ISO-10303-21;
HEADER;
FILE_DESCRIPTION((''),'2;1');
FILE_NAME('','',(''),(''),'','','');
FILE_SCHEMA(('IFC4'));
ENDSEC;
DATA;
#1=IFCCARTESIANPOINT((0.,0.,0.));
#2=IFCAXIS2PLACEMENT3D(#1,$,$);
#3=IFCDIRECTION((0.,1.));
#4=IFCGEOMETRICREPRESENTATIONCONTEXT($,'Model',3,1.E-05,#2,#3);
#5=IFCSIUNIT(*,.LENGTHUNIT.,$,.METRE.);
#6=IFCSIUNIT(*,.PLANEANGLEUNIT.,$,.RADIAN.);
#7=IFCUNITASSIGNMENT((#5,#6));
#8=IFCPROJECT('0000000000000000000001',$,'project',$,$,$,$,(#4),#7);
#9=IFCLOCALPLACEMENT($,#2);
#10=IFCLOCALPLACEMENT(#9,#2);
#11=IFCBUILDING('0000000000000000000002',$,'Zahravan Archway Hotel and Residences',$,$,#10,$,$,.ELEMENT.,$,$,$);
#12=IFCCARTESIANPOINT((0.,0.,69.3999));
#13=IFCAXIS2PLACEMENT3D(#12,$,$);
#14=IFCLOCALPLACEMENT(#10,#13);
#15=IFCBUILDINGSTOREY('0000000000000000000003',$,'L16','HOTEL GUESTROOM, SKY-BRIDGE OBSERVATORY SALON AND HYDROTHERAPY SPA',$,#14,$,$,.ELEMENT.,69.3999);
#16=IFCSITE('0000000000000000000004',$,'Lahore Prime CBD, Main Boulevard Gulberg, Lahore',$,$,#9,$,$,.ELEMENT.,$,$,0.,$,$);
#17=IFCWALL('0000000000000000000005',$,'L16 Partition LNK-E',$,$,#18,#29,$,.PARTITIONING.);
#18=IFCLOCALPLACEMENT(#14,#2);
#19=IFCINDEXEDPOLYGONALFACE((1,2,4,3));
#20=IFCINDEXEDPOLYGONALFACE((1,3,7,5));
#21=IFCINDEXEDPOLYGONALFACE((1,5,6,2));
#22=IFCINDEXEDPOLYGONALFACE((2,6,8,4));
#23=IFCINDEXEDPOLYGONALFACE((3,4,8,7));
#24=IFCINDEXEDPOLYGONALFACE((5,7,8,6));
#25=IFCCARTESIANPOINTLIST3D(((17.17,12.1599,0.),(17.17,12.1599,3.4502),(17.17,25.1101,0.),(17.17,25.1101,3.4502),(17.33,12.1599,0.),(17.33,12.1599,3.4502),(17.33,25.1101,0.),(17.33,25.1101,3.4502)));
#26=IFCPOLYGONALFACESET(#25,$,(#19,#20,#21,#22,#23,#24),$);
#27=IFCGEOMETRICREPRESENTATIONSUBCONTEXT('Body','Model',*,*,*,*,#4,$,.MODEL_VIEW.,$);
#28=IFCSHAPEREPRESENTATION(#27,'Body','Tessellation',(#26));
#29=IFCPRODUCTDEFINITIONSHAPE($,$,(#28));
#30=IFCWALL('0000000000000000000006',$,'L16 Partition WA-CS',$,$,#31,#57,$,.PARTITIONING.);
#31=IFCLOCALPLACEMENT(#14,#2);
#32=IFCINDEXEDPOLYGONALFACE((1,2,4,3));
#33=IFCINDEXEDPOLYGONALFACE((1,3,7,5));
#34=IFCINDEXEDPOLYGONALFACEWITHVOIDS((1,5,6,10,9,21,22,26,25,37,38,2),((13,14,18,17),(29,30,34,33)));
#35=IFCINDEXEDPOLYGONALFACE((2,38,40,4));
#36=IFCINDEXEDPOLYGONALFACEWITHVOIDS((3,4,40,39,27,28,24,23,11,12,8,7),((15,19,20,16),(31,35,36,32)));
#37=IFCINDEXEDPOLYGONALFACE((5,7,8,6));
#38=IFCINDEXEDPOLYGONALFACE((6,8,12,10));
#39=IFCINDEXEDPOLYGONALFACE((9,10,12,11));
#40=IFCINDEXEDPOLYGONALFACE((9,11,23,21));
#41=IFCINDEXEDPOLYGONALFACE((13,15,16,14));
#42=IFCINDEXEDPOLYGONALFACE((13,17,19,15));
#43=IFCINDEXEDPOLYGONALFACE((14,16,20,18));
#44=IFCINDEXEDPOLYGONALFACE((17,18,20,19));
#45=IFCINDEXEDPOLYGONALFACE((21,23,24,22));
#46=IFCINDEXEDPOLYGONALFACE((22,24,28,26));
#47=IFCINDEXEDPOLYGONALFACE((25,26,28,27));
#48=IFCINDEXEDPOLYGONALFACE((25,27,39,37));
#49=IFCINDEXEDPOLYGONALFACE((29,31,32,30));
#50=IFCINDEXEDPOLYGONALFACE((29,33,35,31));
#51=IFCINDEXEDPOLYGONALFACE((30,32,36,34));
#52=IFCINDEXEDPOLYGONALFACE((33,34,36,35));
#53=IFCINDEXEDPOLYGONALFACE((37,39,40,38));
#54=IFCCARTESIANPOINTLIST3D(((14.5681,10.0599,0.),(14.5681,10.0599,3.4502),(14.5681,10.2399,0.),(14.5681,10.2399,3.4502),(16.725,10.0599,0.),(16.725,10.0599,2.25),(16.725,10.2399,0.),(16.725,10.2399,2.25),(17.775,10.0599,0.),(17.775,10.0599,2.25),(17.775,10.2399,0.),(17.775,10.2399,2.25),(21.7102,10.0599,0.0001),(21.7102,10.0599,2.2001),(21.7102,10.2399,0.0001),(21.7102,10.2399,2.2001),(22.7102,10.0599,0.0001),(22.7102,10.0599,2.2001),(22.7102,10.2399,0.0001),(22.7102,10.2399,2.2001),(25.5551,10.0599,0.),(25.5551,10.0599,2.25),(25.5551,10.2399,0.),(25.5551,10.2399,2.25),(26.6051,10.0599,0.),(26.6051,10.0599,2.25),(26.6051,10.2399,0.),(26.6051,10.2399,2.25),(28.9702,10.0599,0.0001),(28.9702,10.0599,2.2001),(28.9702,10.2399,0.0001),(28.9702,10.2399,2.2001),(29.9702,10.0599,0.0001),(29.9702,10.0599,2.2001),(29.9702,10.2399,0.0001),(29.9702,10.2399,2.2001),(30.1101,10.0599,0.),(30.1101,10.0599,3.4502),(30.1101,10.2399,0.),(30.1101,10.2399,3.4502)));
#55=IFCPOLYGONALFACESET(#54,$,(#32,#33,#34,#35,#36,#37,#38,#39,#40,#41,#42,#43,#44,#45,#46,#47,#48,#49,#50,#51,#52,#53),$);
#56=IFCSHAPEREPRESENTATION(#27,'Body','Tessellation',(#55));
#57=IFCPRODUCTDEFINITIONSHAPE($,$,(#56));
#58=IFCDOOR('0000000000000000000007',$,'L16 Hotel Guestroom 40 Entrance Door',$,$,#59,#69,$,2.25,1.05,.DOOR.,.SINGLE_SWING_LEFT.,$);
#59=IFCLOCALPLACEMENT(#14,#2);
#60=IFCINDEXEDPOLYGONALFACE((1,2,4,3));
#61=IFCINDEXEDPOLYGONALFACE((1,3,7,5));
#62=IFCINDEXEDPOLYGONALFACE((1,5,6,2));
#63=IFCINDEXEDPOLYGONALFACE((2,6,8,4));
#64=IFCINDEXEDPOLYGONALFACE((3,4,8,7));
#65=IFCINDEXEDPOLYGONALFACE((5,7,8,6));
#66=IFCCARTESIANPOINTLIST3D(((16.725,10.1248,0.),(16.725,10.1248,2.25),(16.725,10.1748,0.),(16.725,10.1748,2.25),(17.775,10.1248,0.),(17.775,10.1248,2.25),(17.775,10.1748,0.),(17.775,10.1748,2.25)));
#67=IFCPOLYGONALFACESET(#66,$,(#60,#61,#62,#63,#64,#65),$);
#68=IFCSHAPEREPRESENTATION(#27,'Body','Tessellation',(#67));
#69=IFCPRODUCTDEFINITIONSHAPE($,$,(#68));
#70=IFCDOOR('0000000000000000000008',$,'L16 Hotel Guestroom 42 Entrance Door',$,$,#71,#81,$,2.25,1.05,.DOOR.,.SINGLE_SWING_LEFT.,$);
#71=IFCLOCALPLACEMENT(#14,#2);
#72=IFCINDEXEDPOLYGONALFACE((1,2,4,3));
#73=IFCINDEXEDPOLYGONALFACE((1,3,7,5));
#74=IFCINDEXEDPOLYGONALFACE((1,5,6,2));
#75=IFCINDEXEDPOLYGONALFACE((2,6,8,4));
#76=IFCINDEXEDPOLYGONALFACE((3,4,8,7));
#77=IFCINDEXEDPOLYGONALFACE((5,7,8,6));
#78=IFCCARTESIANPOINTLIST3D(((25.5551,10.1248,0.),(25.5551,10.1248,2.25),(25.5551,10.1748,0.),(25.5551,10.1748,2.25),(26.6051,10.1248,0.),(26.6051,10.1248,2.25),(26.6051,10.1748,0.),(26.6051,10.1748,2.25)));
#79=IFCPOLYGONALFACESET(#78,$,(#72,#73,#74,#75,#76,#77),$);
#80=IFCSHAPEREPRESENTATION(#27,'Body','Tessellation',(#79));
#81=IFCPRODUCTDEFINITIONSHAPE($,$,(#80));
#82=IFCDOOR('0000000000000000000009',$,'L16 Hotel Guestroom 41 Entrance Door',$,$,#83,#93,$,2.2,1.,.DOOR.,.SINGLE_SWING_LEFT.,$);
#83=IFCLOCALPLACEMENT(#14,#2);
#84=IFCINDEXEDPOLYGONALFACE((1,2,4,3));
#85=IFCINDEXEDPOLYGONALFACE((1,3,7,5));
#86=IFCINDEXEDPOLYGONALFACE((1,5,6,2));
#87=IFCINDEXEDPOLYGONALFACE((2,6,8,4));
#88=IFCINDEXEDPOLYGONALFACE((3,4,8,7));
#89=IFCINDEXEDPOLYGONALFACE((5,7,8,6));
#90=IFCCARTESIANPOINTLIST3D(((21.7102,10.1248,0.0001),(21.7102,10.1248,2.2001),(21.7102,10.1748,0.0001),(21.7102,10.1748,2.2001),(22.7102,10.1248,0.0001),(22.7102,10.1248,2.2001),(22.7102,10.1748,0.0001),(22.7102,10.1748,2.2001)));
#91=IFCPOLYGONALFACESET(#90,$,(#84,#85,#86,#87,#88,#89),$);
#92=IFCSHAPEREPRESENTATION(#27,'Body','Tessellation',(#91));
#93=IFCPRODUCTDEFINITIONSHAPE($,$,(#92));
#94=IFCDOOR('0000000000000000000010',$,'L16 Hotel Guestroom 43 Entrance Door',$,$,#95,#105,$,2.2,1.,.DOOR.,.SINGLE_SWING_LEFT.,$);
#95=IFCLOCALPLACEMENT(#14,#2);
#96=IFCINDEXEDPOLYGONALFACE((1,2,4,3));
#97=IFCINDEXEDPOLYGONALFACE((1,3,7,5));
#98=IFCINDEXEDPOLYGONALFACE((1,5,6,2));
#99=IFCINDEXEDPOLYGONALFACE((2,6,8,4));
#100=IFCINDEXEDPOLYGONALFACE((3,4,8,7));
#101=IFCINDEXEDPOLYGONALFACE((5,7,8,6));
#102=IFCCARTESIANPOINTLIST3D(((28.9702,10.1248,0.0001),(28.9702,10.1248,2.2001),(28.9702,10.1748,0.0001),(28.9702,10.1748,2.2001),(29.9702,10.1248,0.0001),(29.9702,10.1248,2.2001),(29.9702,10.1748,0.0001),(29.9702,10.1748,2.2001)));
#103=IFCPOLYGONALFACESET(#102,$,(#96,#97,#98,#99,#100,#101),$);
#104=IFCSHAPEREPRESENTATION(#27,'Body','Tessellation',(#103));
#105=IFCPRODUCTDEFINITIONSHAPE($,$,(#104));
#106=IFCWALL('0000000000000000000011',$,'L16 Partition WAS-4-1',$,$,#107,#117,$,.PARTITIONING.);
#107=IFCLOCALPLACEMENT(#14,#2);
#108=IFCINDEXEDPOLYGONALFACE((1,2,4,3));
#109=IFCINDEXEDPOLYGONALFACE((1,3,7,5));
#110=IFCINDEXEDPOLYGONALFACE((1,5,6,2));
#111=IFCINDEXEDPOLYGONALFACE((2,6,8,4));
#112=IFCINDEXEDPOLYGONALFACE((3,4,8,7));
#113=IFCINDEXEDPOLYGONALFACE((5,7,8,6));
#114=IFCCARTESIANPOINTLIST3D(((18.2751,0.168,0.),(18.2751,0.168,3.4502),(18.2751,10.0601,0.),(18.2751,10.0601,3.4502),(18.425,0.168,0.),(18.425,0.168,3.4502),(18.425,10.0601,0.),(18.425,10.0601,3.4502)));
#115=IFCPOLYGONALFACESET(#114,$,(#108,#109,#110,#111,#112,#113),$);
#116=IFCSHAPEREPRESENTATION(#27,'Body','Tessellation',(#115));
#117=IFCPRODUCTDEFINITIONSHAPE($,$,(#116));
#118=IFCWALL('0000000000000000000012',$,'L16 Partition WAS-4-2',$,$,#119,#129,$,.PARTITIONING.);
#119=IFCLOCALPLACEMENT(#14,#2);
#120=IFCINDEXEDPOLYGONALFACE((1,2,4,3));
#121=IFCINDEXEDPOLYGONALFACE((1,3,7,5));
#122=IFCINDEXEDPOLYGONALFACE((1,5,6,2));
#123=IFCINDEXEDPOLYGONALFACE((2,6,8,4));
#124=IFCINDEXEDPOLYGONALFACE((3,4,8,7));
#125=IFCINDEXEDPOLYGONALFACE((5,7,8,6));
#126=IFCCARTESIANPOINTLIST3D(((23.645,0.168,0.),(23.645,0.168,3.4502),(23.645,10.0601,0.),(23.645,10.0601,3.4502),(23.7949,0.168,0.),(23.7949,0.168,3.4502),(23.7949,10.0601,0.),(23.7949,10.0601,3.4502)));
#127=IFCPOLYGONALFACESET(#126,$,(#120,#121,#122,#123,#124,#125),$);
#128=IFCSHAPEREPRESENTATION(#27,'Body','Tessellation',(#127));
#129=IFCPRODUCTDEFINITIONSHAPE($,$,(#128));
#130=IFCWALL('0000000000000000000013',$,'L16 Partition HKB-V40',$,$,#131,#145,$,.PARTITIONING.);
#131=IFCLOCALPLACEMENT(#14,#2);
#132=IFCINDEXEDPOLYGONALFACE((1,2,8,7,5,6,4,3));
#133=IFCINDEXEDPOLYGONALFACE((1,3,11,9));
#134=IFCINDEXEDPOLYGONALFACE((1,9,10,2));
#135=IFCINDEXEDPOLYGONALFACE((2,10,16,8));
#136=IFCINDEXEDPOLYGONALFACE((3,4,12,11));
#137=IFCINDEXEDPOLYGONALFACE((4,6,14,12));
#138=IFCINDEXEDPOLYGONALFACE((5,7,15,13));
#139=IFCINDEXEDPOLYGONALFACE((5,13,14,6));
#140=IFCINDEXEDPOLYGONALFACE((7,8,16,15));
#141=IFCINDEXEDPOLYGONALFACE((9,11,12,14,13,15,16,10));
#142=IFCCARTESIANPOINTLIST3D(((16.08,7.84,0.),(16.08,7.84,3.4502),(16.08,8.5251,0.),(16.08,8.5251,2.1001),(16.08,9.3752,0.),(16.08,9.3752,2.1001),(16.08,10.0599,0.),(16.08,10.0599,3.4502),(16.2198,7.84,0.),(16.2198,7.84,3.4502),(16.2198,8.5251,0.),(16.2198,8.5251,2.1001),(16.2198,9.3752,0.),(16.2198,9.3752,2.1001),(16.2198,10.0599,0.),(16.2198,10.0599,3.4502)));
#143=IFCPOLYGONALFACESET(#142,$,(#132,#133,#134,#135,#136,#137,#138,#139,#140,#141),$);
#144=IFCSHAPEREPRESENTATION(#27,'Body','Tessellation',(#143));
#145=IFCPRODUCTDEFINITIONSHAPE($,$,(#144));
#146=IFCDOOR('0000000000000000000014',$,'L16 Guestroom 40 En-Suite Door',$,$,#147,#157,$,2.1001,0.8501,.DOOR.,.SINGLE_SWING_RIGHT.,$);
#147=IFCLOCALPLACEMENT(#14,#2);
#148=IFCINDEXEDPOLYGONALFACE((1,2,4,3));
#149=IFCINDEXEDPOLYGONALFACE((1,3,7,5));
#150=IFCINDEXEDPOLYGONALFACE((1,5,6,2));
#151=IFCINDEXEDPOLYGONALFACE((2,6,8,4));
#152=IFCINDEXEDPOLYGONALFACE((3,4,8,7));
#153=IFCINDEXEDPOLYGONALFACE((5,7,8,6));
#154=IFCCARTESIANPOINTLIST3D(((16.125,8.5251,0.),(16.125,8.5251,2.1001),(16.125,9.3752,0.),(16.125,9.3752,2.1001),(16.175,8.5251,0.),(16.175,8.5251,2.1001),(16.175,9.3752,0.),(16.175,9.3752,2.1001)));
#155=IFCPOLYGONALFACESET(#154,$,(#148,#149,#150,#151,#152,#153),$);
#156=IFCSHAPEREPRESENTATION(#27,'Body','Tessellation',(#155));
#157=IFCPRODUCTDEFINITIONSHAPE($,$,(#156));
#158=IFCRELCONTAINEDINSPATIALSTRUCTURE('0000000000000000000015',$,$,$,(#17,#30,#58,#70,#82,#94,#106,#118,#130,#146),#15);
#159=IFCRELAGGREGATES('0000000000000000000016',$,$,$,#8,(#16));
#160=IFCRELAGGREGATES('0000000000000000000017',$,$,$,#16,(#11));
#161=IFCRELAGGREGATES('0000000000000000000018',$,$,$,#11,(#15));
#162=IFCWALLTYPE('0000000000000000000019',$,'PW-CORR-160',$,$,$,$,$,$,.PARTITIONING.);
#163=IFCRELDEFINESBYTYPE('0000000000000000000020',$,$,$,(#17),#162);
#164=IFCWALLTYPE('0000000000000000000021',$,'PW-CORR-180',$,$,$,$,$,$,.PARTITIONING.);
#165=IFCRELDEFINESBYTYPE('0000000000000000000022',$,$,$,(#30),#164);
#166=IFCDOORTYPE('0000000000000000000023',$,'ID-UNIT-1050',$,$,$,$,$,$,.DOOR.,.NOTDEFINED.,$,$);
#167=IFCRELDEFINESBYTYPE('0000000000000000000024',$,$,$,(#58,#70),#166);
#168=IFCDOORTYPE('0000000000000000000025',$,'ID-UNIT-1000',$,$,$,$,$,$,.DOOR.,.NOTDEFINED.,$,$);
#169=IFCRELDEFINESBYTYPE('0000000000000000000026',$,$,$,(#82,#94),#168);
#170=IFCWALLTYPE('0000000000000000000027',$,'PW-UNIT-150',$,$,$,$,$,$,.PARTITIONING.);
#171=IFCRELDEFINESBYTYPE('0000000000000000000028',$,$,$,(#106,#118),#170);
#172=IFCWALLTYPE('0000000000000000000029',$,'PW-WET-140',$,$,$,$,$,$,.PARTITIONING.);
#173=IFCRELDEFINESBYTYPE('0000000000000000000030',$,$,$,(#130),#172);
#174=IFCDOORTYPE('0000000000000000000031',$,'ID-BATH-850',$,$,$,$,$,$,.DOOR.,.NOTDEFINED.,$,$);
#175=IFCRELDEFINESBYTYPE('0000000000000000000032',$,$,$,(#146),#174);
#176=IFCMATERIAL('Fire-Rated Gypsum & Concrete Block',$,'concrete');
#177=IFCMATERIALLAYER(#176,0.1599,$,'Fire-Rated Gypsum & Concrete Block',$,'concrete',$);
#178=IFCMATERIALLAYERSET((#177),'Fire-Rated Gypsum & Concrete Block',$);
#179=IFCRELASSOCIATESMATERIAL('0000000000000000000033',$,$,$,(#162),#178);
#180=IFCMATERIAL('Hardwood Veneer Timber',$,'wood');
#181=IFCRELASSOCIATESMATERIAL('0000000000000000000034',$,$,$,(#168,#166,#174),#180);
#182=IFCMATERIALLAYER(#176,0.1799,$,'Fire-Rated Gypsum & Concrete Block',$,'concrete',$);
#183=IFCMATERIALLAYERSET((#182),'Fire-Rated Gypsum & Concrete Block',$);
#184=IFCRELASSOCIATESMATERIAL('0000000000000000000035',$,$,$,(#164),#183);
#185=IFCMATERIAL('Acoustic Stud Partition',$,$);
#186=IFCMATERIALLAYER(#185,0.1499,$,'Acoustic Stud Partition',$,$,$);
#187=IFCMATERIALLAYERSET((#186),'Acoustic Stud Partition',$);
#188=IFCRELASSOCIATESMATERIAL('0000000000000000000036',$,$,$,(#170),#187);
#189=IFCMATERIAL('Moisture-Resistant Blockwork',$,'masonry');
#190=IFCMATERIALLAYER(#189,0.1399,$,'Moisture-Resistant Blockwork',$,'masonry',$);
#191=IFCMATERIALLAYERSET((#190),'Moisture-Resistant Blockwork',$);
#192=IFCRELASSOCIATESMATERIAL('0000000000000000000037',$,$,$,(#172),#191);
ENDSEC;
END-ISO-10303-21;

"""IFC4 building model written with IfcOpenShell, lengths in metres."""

from ifc_helpers import new_model, si_unit, direction, frame, frame_2d, origin, place, context, subcontext, project, spatial, rectangle, extrude, source, transform, mapped, material, layer, layer_set, type_object, type_shapes, element, fill, save


model = new_model("IFC4")

# Units and contexts
model_context = context("Model", 3, precision=1e-05, world=origin(), true_north=direction((0.0, 1.0)))
body_context = subcontext(model_context, "Body", "Model", "MODEL_VIEW")
ifc_project = project(units=[si_unit("LENGTHUNIT", "METRE"), si_unit("PLANEANGLEUNIT", "RADIAN")], contexts=[model_context])

# Site, building, storey
site_placement = place(None, origin())
site = spatial("IfcSite", under=ifc_project, at=site_placement, Name="Lahore Prime CBD, Main Boulevard Gulberg, Lahore", CompositionType="ELEMENT", RefElevation=0.0)
building_placement = place(site_placement, origin())
building = spatial("IfcBuilding", under=site, at=building_placement, Name="Zahravan Archway Hotel and Residences", CompositionType="ELEMENT")
storey_placement = place(building_placement, frame((0.0, 0.0, 69.3999)))
storey = spatial("IfcBuildingStorey", under=building, at=storey_placement, Name="L16", Description="HOTEL GUESTROOM, SKY-BRIDGE OBSERVATORY SALON AND HYDROTHERAPY SPA", CompositionType="ELEMENT", Elevation=69.3999)

# Shared definitions
ifc_material_1 = material(Name="Fire-Rated Gypsum & Concrete Block", Category="concrete")
ifc_layer_1 = layer(ifc_material_1, 0.1599, Name="Fire-Rated Gypsum & Concrete Block", Category="concrete")
ifc_layer_set_1 = layer_set([ifc_layer_1], Name="Fire-Rated Gypsum & Concrete Block")
wall_type_1 = type_object("IfcWallType", Name="PW-CORR-160", PredefinedType="PARTITIONING", material=ifc_layer_set_1)
ifc_material_2 = material(Name="Hardwood Veneer Timber", Category="wood")
door_type_1 = type_object("IfcDoorType", Name="ID-UNIT-1000", OperationType="NOTDEFINED", PredefinedType="DOOR", material=ifc_material_2)
shared_shape_1 = source(origin(), body_context, "Body", "SweptSolid", [
    extrude(rectangle(XDim=1.0, YDim=2.2, at=frame_2d((0.5, 1.1001))), frame((0.0, 0.0249, 0.0), z_axis=(0.0, -1.0, 0.0), x_axis=(1.0, 0.0, 0.0)), (0.0, 0.0, 1.0), 0.05),
])
type_shapes(door_type_1, [shared_shape_1])

# Wall
for number, where, z_axis, x_axis, name in (
    (1, (17.25, 12.1599, 0.0), (0.0, 0.0, 1.0), (0.0, 1.0, 0.0), "L16 Partition LNK-E"),
):
    element("IfcWall", number, at=place(storey_placement, frame(where, z_axis=z_axis, x_axis=x_axis)), inside=storey, type_object=wall_type_1, Name=name, PredefinedType="PARTITIONING", context=body_context, shape_type="SweptSolid", body=[
        extrude(rectangle(XDim=12.9502, YDim=0.1599, at=frame_2d((6.4751, 0.0))), origin(), (0.0, 0.0, 1.0), 3.4502),
    ])

# Wall, openings, doors
ifc_layer_2 = layer(ifc_material_1, 0.1799, Name="Fire-Rated Gypsum & Concrete Block", Category="concrete")
ifc_layer_set_2 = layer_set([ifc_layer_2], Name="Fire-Rated Gypsum & Concrete Block")
wall_type_2 = type_object("IfcWallType", Name="PW-CORR-180", PredefinedType="PARTITIONING", material=ifc_layer_set_2)
wall_1_placement = place(storey_placement, frame((14.5681, 10.1499, 0.0), z_axis=(0.0, 0.0, 1.0), x_axis=(1.0, 0.0, 0.0)))
wall_1 = element("IfcWall", 2, at=wall_1_placement, inside=storey, type_object=wall_type_2, Name="L16 Partition WA-CS", PredefinedType="PARTITIONING", context=body_context, shape_type="SweptSolid", body=[
    extrude(rectangle(XDim=15.542, YDim=0.1799, at=frame_2d((7.771, 0.0))), origin(), (0.0, 0.0, 1.0), 3.4502),
])
opening_1_placement = place(wall_1_placement, frame((2.157, 0.0, 0.0)))
opening_1 = element("IfcOpeningElement", 3, at=opening_1_placement, cuts=wall_1, PredefinedType="OPENING", context=body_context, shape_type="SweptSolid", body=[
    extrude(rectangle(XDim=1.05, YDim=2.25, at=frame_2d((0.5249, 1.125))), frame((0.0, 0.1001, 0.0), z_axis=(0.0, -1.0, 0.0), x_axis=(1.0, 0.0, 0.0)), (0.0, 0.0, 1.0), 0.2),
])
opening_2_placement = place(wall_1_placement, frame((7.1421, 0.0, 0.0)))
opening_2 = element("IfcOpeningElement", 4, at=opening_2_placement, cuts=wall_1, PredefinedType="OPENING", context=body_context, shape_type="SweptSolid", body=[
    extrude(rectangle(XDim=1.0, YDim=2.2, at=frame_2d((0.5, 1.1001))), frame((0.0, 0.1001, 0.0), z_axis=(0.0, -1.0, 0.0), x_axis=(1.0, 0.0, 0.0)), (0.0, 0.0, 1.0), 0.2),
])
opening_3_placement = place(wall_1_placement, frame((10.9871, 0.0, 0.0)))
opening_3 = element("IfcOpeningElement", 5, at=opening_3_placement, cuts=wall_1, PredefinedType="OPENING", context=body_context, shape_type="SweptSolid", body=[
    extrude(rectangle(XDim=1.05, YDim=2.25, at=frame_2d((0.5249, 1.125))), frame((0.0, 0.1001, 0.0), z_axis=(0.0, -1.0, 0.0), x_axis=(1.0, 0.0, 0.0)), (0.0, 0.0, 1.0), 0.2),
])
opening_4_placement = place(wall_1_placement, frame((14.4021, 0.0, 0.0)))
opening_4 = element("IfcOpeningElement", 6, at=opening_4_placement, cuts=wall_1, PredefinedType="OPENING", context=body_context, shape_type="SweptSolid", body=[
    extrude(rectangle(XDim=1.0, YDim=2.2, at=frame_2d((0.5, 1.1001))), frame((0.0, 0.1001, 0.0), z_axis=(0.0, -1.0, 0.0), x_axis=(1.0, 0.0, 0.0)), (0.0, 0.0, 1.0), 0.2),
])
door_type_2 = type_object("IfcDoorType", Name="ID-UNIT-1050", OperationType="NOTDEFINED", PredefinedType="DOOR", material=ifc_material_2)
shared_shape_2 = source(origin(), body_context, "Body", "SweptSolid", [
    extrude(rectangle(XDim=1.05, YDim=2.25, at=frame_2d((0.5249, 1.125))), frame((0.0, 0.0249, 0.0), z_axis=(0.0, -1.0, 0.0), x_axis=(1.0, 0.0, 0.0)), (0.0, 0.0, 1.0), 0.05),
])
type_shapes(door_type_2, [shared_shape_2])
door_1_placement = place(opening_1_placement, origin())
door_1 = element("IfcDoor", 7, at=door_1_placement, inside=storey, type_object=door_type_2, Name="L16 Hotel Guestroom 40 Entrance Door", OperationType="SINGLE_SWING_LEFT", OverallHeight=2.25, OverallWidth=1.05, PredefinedType="DOOR", context=body_context, shape_type="MappedRepresentation", body=[
    mapped(shared_shape_2, transform((0.0, 0.0, 0.0), scale=1.0)),
])
fill(opening_1, door_1)
door_2_placement = place(opening_3_placement, origin())
door_2 = element("IfcDoor", 8, at=door_2_placement, inside=storey, type_object=door_type_2, Name="L16 Hotel Guestroom 42 Entrance Door", OperationType="SINGLE_SWING_LEFT", OverallHeight=2.25, OverallWidth=1.05, PredefinedType="DOOR", context=body_context, shape_type="MappedRepresentation", body=[
    mapped(shared_shape_2, transform((0.0, 0.0, 0.0), scale=1.0)),
])
fill(opening_3, door_2)
door_3_placement = place(opening_2_placement, origin())
door_3 = element("IfcDoor", 9, at=door_3_placement, inside=storey, type_object=door_type_1, Name="L16 Hotel Guestroom 41 Entrance Door", OperationType="SINGLE_SWING_LEFT", OverallHeight=2.2, OverallWidth=1.0, PredefinedType="DOOR", context=body_context, shape_type="MappedRepresentation", body=[
    mapped(shared_shape_1, transform((0.0, 0.0, 0.0), scale=1.0)),
])
fill(opening_2, door_3)
door_4_placement = place(opening_4_placement, origin())
door_4 = element("IfcDoor", 10, at=door_4_placement, inside=storey, type_object=door_type_1, Name="L16 Hotel Guestroom 43 Entrance Door", OperationType="SINGLE_SWING_LEFT", OverallHeight=2.2, OverallWidth=1.0, PredefinedType="DOOR", context=body_context, shape_type="MappedRepresentation", body=[
    mapped(shared_shape_1, transform((0.0, 0.0, 0.0), scale=1.0)),
])
fill(opening_4, door_4)

# Walls
ifc_material_3 = material(Name="Acoustic Stud Partition")
ifc_layer_3 = layer(ifc_material_3, 0.1499, Name="Acoustic Stud Partition")
ifc_layer_set_3 = layer_set([ifc_layer_3], Name="Acoustic Stud Partition")
wall_type_3 = type_object("IfcWallType", Name="PW-UNIT-150", PredefinedType="PARTITIONING", material=ifc_layer_set_3)
for number, where, z_axis, x_axis, name in (
    (11, (18.3501, 0.168, 0.0), (0.0, 0.0, 1.0), (0.0, 1.0, 0.0), "L16 Partition WAS-4-1"),
    (12, (23.72, 0.168, 0.0), (0.0, 0.0, 1.0), (0.0, 1.0, 0.0), "L16 Partition WAS-4-2"),
):
    element("IfcWall", number, at=place(storey_placement, frame(where, z_axis=z_axis, x_axis=x_axis)), inside=storey, type_object=wall_type_3, Name=name, PredefinedType="PARTITIONING", context=body_context, shape_type="SweptSolid", body=[
        extrude(rectangle(XDim=9.8921, YDim=0.1499, at=frame_2d((4.946, 0.0))), origin(), (0.0, 0.0, 1.0), 3.4502),
    ])

# Wall, opening, door
ifc_material_4 = material(Name="Moisture-Resistant Blockwork", Category="masonry")
ifc_layer_4 = layer(ifc_material_4, 0.1399, Name="Moisture-Resistant Blockwork", Category="masonry")
ifc_layer_set_4 = layer_set([ifc_layer_4], Name="Moisture-Resistant Blockwork")
wall_type_4 = type_object("IfcWallType", Name="PW-WET-140", PredefinedType="PARTITIONING", material=ifc_layer_set_4)
wall_2_placement = place(storey_placement, frame((16.1499, 7.8401, 0.0), z_axis=(0.0, 0.0, 1.0), x_axis=(0.0, 1.0, 0.0)))
wall_2 = element("IfcWall", 13, at=wall_2_placement, inside=storey, type_object=wall_type_4, Name="L16 Partition HKB-V40", PredefinedType="PARTITIONING", context=body_context, shape_type="SweptSolid", body=[
    extrude(rectangle(XDim=2.22, YDim=0.1399, at=frame_2d((1.1099, 0.0))), origin(), (0.0, 0.0, 1.0), 3.4502),
])
opening_5_placement = place(wall_2_placement, frame((0.6851, 0.0, 0.0)))
opening_5 = element("IfcOpeningElement", 14, at=opening_5_placement, cuts=wall_2, PredefinedType="OPENING", context=body_context, shape_type="SweptSolid", body=[
    extrude(rectangle(XDim=0.8501, YDim=2.1001, at=frame_2d((0.425, 1.05))), frame((0.0, 0.0801, 0.0), z_axis=(0.0, -1.0, 0.0), x_axis=(1.0, 0.0, 0.0)), (0.0, 0.0, 1.0), 0.1599),
])
door_type_3 = type_object("IfcDoorType", Name="ID-BATH-850", OperationType="NOTDEFINED", PredefinedType="DOOR", material=ifc_material_2)
shared_shape_3 = source(origin(), body_context, "Body", "SweptSolid", [
    extrude(rectangle(XDim=0.8501, YDim=2.1001, at=frame_2d((0.425, 1.05))), frame((0.0, 0.0249, 0.0), z_axis=(0.0, -1.0, 0.0), x_axis=(1.0, 0.0, 0.0)), (0.0, 0.0, 1.0), 0.05),
])
type_shapes(door_type_3, [shared_shape_3])
door_5_placement = place(opening_5_placement, origin())
door_5 = element("IfcDoor", 15, at=door_5_placement, inside=storey, type_object=door_type_3, Name="L16 Guestroom 40 En-Suite Door", OperationType="SINGLE_SWING_RIGHT", OverallHeight=2.1001, OverallWidth=0.8501, PredefinedType="DOOR", context=body_context, shape_type="MappedRepresentation", body=[
    mapped(shared_shape_3, transform((0.0, 0.0, 0.0), scale=1.0)),
])
fill(opening_5, door_5)

save(model, "model.ifc")
